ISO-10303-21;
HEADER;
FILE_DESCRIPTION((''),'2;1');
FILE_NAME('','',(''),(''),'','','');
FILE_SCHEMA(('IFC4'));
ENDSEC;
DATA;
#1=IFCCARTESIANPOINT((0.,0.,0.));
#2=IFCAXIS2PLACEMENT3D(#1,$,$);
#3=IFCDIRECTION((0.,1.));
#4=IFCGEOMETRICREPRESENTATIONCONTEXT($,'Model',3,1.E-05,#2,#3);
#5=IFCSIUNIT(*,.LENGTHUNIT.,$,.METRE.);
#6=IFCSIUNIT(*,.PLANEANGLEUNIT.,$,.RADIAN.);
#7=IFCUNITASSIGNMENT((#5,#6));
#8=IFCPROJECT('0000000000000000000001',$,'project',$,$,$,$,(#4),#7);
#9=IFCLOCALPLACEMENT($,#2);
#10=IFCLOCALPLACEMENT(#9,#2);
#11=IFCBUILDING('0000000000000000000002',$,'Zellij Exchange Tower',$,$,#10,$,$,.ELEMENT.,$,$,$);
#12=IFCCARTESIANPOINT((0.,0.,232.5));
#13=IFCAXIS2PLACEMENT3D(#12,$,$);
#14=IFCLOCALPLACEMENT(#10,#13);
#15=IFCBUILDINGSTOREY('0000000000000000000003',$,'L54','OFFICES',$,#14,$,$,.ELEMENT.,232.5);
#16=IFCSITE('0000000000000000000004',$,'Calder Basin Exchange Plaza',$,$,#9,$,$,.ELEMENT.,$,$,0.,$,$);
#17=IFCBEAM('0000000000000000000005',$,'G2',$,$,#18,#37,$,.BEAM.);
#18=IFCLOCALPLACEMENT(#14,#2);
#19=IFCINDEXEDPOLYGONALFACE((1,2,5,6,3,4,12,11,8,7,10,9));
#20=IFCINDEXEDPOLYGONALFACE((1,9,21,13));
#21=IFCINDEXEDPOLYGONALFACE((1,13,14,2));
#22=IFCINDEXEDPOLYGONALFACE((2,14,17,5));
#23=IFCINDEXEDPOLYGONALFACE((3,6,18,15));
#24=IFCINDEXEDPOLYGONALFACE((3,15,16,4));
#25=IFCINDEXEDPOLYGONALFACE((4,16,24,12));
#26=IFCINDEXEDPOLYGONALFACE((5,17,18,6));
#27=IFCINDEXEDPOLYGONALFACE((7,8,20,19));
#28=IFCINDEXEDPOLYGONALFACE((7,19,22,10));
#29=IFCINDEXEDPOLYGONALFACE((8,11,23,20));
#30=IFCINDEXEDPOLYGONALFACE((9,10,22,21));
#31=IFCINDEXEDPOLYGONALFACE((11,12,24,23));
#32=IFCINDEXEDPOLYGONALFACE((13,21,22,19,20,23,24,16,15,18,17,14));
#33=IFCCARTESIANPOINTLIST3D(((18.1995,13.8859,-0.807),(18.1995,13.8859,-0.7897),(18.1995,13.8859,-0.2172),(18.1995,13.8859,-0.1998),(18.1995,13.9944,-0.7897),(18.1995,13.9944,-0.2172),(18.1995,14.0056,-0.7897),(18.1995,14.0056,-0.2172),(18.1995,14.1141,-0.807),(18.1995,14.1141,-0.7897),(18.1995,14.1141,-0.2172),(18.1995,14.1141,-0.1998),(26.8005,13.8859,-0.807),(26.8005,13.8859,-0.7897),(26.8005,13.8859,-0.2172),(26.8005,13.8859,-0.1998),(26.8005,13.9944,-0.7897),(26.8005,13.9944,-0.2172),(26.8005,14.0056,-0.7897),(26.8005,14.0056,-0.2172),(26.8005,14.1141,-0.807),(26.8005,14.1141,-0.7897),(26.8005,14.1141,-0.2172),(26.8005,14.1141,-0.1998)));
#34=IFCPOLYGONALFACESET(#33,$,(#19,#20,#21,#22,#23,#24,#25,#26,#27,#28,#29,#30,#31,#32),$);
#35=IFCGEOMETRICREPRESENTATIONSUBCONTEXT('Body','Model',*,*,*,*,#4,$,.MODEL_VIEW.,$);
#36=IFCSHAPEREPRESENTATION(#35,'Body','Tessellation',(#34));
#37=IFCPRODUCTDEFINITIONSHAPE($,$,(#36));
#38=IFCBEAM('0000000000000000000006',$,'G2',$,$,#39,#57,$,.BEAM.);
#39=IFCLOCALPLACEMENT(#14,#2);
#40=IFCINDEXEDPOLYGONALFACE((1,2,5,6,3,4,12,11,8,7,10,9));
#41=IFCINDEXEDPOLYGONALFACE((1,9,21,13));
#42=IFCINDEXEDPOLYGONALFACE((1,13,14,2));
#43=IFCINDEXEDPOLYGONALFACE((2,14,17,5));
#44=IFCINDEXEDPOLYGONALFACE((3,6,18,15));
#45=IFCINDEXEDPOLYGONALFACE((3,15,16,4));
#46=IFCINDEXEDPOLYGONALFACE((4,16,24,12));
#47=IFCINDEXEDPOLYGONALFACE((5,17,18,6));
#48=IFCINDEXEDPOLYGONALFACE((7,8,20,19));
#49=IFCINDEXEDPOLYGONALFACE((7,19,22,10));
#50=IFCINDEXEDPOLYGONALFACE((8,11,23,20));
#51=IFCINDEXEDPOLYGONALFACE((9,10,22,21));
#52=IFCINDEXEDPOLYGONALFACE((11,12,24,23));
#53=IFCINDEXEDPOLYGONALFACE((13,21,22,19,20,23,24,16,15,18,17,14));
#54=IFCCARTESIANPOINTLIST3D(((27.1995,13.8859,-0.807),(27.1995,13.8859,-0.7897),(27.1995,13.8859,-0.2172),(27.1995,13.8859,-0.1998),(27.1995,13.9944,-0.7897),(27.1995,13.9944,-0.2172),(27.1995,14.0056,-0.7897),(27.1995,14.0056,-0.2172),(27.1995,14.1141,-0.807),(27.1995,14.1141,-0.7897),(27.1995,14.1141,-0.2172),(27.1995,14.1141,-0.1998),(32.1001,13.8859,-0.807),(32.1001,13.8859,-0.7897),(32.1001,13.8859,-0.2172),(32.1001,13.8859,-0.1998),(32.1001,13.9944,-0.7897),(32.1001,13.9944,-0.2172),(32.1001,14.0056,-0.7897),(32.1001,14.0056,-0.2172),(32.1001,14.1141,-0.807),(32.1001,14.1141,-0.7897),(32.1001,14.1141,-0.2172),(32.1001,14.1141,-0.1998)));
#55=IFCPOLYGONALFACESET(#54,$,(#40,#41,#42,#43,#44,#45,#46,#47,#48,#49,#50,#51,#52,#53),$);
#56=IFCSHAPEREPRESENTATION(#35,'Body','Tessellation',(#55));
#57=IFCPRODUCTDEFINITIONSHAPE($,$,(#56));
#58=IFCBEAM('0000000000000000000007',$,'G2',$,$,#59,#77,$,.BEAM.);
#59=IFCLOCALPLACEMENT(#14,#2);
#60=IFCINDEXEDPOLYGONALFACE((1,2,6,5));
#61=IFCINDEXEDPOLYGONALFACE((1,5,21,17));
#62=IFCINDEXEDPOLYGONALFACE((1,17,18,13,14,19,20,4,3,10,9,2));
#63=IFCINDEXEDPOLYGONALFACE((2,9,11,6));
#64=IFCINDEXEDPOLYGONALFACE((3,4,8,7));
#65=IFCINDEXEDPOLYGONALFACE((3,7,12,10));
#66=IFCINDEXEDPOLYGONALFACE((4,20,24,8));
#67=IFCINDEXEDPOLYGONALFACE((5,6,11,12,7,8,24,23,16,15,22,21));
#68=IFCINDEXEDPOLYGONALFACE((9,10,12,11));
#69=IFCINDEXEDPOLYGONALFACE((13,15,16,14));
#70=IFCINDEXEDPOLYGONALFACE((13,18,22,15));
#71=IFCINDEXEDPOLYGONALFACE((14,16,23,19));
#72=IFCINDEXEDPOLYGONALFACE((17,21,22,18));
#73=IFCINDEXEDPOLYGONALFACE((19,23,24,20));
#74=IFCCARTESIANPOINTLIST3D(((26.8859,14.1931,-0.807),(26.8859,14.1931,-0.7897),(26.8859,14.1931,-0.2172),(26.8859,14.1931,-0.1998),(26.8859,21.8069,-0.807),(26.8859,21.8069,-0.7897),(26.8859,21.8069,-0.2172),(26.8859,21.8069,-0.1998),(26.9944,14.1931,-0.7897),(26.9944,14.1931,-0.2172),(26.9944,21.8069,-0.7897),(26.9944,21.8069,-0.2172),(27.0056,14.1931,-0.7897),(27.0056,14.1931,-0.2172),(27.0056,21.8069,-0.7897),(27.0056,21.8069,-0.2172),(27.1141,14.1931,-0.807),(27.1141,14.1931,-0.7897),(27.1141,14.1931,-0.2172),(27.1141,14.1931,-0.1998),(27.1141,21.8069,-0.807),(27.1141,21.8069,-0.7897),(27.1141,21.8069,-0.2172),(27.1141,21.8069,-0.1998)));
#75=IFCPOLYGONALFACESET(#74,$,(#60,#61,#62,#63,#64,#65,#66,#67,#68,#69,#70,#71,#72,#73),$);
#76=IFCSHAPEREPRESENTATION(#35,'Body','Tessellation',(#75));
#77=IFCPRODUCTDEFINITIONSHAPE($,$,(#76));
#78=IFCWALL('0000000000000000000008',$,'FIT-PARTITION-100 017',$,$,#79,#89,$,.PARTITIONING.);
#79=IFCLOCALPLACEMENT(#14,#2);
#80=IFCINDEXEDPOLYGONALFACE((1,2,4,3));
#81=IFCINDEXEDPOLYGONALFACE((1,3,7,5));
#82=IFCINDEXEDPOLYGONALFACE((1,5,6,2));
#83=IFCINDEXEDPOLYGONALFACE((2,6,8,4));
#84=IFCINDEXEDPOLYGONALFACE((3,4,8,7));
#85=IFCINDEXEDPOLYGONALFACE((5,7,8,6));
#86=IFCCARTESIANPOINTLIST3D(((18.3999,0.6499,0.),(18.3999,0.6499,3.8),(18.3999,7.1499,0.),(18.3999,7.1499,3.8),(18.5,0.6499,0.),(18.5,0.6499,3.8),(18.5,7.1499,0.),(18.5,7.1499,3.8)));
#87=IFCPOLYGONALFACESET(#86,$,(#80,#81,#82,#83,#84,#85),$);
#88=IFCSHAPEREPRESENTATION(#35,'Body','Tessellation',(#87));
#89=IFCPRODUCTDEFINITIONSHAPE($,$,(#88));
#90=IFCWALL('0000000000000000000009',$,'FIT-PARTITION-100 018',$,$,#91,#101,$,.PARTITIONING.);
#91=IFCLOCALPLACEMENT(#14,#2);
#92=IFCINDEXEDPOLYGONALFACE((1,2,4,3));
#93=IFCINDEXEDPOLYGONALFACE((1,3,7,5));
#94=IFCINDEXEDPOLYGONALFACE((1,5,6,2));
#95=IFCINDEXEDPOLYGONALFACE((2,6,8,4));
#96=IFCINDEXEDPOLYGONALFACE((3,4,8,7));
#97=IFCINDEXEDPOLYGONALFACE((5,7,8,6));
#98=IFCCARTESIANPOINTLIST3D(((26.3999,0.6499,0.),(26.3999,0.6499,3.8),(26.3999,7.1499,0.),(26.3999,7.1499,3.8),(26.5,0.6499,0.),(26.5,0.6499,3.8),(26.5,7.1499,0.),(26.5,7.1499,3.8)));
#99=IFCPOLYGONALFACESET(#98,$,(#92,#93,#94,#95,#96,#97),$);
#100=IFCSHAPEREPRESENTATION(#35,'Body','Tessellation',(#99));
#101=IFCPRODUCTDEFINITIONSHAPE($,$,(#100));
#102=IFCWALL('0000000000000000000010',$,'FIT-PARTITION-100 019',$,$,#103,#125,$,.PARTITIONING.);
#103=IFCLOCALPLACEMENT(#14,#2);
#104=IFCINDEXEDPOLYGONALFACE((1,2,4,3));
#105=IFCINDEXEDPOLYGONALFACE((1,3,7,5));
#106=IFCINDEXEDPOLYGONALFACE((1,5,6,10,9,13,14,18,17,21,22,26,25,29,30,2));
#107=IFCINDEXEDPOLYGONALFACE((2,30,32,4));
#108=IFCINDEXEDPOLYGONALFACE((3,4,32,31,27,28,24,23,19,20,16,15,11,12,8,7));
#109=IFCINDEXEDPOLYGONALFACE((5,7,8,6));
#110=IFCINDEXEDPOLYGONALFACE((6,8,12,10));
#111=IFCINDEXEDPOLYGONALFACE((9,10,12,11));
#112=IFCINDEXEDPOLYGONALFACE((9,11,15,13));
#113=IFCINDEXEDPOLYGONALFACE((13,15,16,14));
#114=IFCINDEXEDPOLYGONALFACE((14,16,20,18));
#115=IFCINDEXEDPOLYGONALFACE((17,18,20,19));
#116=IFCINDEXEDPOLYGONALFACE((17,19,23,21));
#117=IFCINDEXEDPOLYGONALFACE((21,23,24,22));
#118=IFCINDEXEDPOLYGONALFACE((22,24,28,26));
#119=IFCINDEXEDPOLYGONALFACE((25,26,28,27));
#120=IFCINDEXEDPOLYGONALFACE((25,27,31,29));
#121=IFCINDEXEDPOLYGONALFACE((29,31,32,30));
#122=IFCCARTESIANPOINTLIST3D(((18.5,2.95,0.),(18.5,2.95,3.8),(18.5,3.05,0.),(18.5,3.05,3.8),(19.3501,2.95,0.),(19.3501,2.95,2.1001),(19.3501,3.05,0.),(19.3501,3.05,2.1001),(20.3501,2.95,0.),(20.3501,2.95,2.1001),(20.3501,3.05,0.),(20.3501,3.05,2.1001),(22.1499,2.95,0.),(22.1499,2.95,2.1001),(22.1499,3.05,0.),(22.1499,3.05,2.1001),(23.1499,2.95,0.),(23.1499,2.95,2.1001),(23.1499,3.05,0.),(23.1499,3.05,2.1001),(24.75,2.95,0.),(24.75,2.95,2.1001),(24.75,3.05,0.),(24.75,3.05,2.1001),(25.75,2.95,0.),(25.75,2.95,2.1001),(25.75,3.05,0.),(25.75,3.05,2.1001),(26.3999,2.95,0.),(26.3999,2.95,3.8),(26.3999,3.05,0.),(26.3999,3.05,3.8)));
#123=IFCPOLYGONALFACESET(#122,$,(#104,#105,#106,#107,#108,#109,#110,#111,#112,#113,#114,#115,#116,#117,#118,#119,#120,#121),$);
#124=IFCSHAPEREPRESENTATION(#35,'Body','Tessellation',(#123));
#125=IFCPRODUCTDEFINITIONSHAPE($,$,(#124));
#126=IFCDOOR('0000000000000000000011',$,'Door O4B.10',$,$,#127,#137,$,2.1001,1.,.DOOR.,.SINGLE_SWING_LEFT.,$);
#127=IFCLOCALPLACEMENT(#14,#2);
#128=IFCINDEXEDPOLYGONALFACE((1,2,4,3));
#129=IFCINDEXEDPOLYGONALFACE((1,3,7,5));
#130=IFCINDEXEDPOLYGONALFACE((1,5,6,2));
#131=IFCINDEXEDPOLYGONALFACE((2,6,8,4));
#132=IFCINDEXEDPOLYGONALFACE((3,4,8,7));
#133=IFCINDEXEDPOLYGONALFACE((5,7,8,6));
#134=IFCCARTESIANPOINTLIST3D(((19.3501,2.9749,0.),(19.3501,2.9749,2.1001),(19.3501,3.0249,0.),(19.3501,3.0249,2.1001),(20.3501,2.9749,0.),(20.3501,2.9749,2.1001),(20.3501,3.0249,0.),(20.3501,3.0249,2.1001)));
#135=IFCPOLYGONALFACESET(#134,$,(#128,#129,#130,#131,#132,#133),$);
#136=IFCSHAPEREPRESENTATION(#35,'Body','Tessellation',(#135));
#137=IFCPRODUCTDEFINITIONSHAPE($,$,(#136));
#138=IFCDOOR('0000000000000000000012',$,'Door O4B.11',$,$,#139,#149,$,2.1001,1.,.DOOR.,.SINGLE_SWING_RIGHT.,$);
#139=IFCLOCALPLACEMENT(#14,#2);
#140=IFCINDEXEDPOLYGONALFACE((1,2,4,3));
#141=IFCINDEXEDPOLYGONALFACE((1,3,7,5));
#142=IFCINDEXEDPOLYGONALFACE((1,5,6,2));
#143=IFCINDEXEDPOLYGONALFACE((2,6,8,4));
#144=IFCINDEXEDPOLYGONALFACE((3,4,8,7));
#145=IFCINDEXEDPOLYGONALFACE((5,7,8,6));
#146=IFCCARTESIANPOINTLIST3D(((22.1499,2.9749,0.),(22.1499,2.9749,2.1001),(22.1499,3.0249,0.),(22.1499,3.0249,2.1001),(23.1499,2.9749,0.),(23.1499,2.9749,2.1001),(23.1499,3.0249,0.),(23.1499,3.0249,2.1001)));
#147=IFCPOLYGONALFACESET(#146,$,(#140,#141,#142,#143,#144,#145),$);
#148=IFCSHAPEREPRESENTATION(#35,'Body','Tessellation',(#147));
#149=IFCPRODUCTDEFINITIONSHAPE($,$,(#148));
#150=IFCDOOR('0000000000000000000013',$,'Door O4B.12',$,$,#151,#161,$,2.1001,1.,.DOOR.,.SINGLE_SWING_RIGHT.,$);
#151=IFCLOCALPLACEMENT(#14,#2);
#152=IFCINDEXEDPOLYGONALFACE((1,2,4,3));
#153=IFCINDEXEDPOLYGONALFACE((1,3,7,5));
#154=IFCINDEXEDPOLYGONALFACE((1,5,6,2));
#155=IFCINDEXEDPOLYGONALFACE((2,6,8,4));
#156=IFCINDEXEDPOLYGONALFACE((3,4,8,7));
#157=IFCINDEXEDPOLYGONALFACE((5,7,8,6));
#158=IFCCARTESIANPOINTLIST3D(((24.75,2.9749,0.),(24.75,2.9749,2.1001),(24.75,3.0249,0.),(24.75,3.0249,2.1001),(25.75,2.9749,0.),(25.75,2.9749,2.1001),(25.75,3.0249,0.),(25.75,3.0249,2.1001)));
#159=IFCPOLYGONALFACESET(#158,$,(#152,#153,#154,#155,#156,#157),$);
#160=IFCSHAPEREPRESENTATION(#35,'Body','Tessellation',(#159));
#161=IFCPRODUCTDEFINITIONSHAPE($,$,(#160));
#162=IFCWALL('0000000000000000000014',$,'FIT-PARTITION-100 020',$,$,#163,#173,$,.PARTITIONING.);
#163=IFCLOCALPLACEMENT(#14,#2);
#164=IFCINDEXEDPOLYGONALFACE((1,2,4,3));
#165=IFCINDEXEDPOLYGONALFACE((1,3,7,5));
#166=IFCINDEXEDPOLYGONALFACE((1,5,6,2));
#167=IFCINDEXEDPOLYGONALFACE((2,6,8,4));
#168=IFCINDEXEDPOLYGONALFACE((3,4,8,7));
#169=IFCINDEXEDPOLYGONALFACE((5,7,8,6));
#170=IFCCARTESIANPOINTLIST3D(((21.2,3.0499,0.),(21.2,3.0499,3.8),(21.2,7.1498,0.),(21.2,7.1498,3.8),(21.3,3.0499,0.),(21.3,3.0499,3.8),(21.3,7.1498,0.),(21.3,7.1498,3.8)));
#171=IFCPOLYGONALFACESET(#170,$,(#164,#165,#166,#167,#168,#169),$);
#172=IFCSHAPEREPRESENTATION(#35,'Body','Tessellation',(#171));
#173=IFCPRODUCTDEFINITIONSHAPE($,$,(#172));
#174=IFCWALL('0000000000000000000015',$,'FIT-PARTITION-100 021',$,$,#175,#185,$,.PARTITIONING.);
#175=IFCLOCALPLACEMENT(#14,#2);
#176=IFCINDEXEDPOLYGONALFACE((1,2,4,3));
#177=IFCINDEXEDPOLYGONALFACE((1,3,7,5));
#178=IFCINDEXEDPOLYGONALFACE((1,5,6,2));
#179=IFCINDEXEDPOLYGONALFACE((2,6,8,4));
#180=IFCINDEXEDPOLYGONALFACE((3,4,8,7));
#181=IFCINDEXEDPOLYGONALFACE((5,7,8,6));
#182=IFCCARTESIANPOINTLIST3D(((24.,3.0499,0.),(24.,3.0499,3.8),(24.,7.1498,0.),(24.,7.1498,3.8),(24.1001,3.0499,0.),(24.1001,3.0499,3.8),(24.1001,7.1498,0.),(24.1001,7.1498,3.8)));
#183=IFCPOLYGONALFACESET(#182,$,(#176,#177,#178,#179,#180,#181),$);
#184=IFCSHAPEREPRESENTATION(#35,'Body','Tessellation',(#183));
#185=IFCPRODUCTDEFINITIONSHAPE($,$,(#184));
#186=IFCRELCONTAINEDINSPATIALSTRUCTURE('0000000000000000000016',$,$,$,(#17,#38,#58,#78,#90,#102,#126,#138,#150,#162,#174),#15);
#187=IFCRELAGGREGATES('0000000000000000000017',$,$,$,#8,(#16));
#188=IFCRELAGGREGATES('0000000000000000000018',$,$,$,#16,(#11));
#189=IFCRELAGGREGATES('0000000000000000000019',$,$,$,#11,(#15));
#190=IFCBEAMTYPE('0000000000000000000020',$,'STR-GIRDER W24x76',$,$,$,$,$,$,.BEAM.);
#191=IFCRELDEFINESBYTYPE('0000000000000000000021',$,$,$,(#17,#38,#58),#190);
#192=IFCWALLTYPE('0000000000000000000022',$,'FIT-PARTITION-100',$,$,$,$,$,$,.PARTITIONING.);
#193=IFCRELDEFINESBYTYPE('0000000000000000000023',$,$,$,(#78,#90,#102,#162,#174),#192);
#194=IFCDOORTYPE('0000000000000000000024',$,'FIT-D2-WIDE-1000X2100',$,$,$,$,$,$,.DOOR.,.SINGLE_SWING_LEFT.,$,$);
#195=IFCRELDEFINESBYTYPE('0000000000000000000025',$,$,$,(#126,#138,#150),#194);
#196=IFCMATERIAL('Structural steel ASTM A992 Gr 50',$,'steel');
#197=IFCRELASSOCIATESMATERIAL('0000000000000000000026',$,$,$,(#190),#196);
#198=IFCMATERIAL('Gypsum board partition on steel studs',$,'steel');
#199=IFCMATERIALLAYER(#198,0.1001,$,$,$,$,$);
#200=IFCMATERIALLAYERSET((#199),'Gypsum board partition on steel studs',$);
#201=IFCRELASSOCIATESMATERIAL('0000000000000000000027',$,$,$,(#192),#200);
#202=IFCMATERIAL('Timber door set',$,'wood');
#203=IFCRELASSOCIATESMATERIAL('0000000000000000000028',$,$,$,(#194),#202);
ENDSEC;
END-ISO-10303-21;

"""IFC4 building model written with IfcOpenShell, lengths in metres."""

from ifc_helpers import new_model, si_unit, direction, frame, frame_2d, origin, origin_2d, place, context, subcontext, project, spatial, rectangle, i_section, extrude, material, layer, layer_set, material_profile, profile_set, type_object, element, fill, save


model = new_model("IFC4")

# Units and contexts
model_context = context("Model", 3, precision=1e-05, world=origin(), true_north=direction((0.0, 1.0)))
body_context = subcontext(model_context, "Body", "Model", "MODEL_VIEW")
ifc_project = project(units=[si_unit("LENGTHUNIT", "METRE"), si_unit("PLANEANGLEUNIT", "RADIAN")], contexts=[model_context])

# Site, building, storey
site_placement = place(None, origin())
site = spatial("IfcSite", under=ifc_project, at=site_placement, Name="Calder Basin Exchange Plaza", CompositionType="ELEMENT", RefElevation=0.0)
building_placement = place(site_placement, origin())
building = spatial("IfcBuilding", under=site, at=building_placement, Name="Zellij Exchange Tower", CompositionType="ELEMENT")
storey_placement = place(building_placement, frame((0.0, 0.0, 232.5)))
storey = spatial("IfcBuildingStorey", under=building, at=storey_placement, Name="L54", Description="OFFICES", CompositionType="ELEMENT", Elevation=232.5)

# Shared definitions
ifc_material_1 = material(Name="Structural steel ASTM A992 Gr 50", Category="steel")

# Beams
ifc_material_profile_1 = material_profile(ifc_material_1, i_section(OverallWidth=0.2283, OverallDepth=0.6072, WebThickness=0.0112, FlangeThickness=0.0173, at=origin_2d()), Name="W24x76")
ifc_profile_set_1 = profile_set([ifc_material_profile_1], Name="Structural steel ASTM A992 Gr 50")
beam_type_1 = type_object("IfcBeamType", Name="STR-GIRDER W24x76", PredefinedType="BEAM", material=ifc_profile_set_1)
beam_1_placement = place(storey_placement, frame((18.1995, 14.0, -0.5034), z_axis=(1.0, 0.0, 0.0), x_axis=(0.0, 1.0, 0.0)))
element("IfcBeam", 1, at=beam_1_placement, inside=storey, type_object=beam_type_1, Name="G2", PredefinedType="BEAM", context=body_context, shape_type="SweptSolid", body=[
    extrude(i_section(OverallWidth=0.2283, OverallDepth=0.6072, WebThickness=0.0112, FlangeThickness=0.0173, at=origin_2d()), origin(), (0.0, 0.0, 1.0), 8.6011),
])
beam_2_placement = place(storey_placement, frame((27.1995, 14.0, -0.5034), z_axis=(1.0, 0.0, 0.0), x_axis=(0.0, 1.0, 0.0)))
element("IfcBeam", 2, at=beam_2_placement, inside=storey, type_object=beam_type_1, Name="G2", PredefinedType="BEAM", context=body_context, shape_type="SweptSolid", body=[
    extrude(i_section(OverallWidth=0.2283, OverallDepth=0.6072, WebThickness=0.0112, FlangeThickness=0.0173, at=origin_2d()), origin(), (0.0, 0.0, 1.0), 4.9006),
])
beam_3_placement = place(storey_placement, frame((27.0, 14.1931, -0.5034), z_axis=(0.0, 1.0, 0.0), x_axis=(-1.0, 0.0, 0.0)))
element("IfcBeam", 3, at=beam_3_placement, inside=storey, type_object=beam_type_1, Name="G2", PredefinedType="BEAM", context=body_context, shape_type="SweptSolid", body=[
    extrude(i_section(OverallWidth=0.2283, OverallDepth=0.6072, WebThickness=0.0112, FlangeThickness=0.0173, at=origin_2d()), origin(), (0.0, 0.0, 1.0), 7.6138),
])

# Walls
ifc_material_2 = material(Name="Gypsum board partition on steel studs", Category="steel")
ifc_layer = layer(ifc_material_2, 0.1001)
ifc_layer_set = layer_set([ifc_layer], Name="Gypsum board partition on steel studs")
wall_type = type_object("IfcWallType", Name="FIT-PARTITION-100", PredefinedType="PARTITIONING", material=ifc_layer_set)
for number, where, z_axis, x_axis, name in (
    (4, (18.45, 0.6499, 0.0), (0.0, 0.0, 1.0), (0.0, 1.0, 0.0), "FIT-PARTITION-100 017"),
    (5, (26.45, 0.6499, 0.0), (0.0, 0.0, 1.0), (0.0, 1.0, 0.0), "FIT-PARTITION-100 018"),
):
    element("IfcWall", number, at=place(storey_placement, frame(where, z_axis=z_axis, x_axis=x_axis)), inside=storey, type_object=wall_type, Name=name, PredefinedType="PARTITIONING", context=body_context, shape_type="SweptSolid", body=[
        extrude(rectangle(XDim=6.5, YDim=0.1001, at=frame_2d((3.25, 0.0))), origin(), (0.0, 0.0, 1.0), 3.8),
    ])

# Wall, openings, doors
wall_1_placement = place(storey_placement, frame((18.5, 3.0, 0.0), z_axis=(0.0, 0.0, 1.0), x_axis=(1.0, 0.0, 0.0)))
wall_1 = element("IfcWall", 6, at=wall_1_placement, inside=storey, type_object=wall_type, Name="FIT-PARTITION-100 019", PredefinedType="PARTITIONING", context=body_context, shape_type="SweptSolid", body=[
    extrude(rectangle(XDim=7.8999, YDim=0.1001, at=frame_2d((3.95, 0.0))), origin(), (0.0, 0.0, 1.0), 3.8),
])
opening_1_placement = place(wall_1_placement, frame((0.8501, 0.0, 0.0)))
opening_1 = element("IfcOpeningElement", 7, at=opening_1_placement, cuts=wall_1, PredefinedType="OPENING", context=body_context, shape_type="SweptSolid", body=[
    extrude(rectangle(XDim=1.0, YDim=2.1001, at=frame_2d((0.5, 1.05))), frame((0.0, 0.062, 0.0), z_axis=(0.0, -1.0, 0.0), x_axis=(1.0, 0.0, 0.0)), (0.0, 0.0, 1.0), 0.124),
])
opening_2_placement = place(wall_1_placement, frame((3.6499, 0.0, 0.0)))
opening_2 = element("IfcOpeningElement", 8, at=opening_2_placement, cuts=wall_1, PredefinedType="OPENING", context=body_context, shape_type="SweptSolid", body=[
    extrude(rectangle(XDim=1.0, YDim=2.1001, at=frame_2d((0.5, 1.05))), frame((0.0, 0.062, 0.0), z_axis=(0.0, -1.0, 0.0), x_axis=(1.0, 0.0, 0.0)), (0.0, 0.0, 1.0), 0.124),
])
opening_3_placement = place(wall_1_placement, frame((6.25, 0.0, 0.0)))
opening_3 = element("IfcOpeningElement", 9, at=opening_3_placement, cuts=wall_1, PredefinedType="OPENING", context=body_context, shape_type="SweptSolid", body=[
    extrude(rectangle(XDim=1.0, YDim=2.1001, at=frame_2d((0.5, 1.05))), frame((0.0, 0.062, 0.0), z_axis=(0.0, -1.0, 0.0), x_axis=(1.0, 0.0, 0.0)), (0.0, 0.0, 1.0), 0.124),
])
ifc_material_3 = material(Name="Timber door set", Category="wood")
door_type_1 = type_object("IfcDoorType", Name="FIT-D2-WIDE-1000X2100", OperationType="SINGLE_SWING_LEFT", PredefinedType="DOOR", material=ifc_material_3)
door_1_placement = place(opening_1_placement, origin())
door_1 = element("IfcDoor", 10, at=door_1_placement, inside=storey, type_object=door_type_1, Name="Door O4B.10", OperationType="SINGLE_SWING_LEFT", OverallHeight=2.1001, OverallWidth=1.0, PredefinedType="DOOR", context=body_context, shape_type="SweptSolid", body=[
    extrude(rectangle(XDim=1.0, YDim=2.1001, at=frame_2d((0.5, 1.05))), frame((0.0, 0.0249, 0.0), z_axis=(0.0, -1.0, 0.0), x_axis=(1.0, 0.0, 0.0)), (0.0, 0.0, 1.0), 0.05),
])
fill(opening_1, door_1)
door_2_placement = place(opening_2_placement, origin())
door_2 = element("IfcDoor", 11, at=door_2_placement, inside=storey, type_object=door_type_1, Name="Door O4B.11", OperationType="SINGLE_SWING_RIGHT", OverallHeight=2.1001, OverallWidth=1.0, PredefinedType="DOOR", context=body_context, shape_type="SweptSolid", body=[
    extrude(rectangle(XDim=1.0, YDim=2.1001, at=frame_2d((0.5, 1.05))), frame((0.0, 0.0249, 0.0), z_axis=(0.0, -1.0, 0.0), x_axis=(1.0, 0.0, 0.0)), (0.0, 0.0, 1.0), 0.05),
])
fill(opening_2, door_2)
door_3_placement = place(opening_3_placement, origin())
door_3 = element("IfcDoor", 12, at=door_3_placement, inside=storey, type_object=door_type_1, Name="Door O4B.12", OperationType="SINGLE_SWING_RIGHT", OverallHeight=2.1001, OverallWidth=1.0, PredefinedType="DOOR", context=body_context, shape_type="SweptSolid", body=[
    extrude(rectangle(XDim=1.0, YDim=2.1001, at=frame_2d((0.5, 1.05))), frame((0.0, 0.0249, 0.0), z_axis=(0.0, -1.0, 0.0), x_axis=(1.0, 0.0, 0.0)), (0.0, 0.0, 1.0), 0.05),
])
fill(opening_3, door_3)

# Walls
for number, where, z_axis, x_axis, name in (
    (13, (21.25, 3.05, 0.0), (0.0, 0.0, 1.0), (0.0, 1.0, 0.0), "FIT-PARTITION-100 020"),
    (14, (24.05, 3.05, 0.0), (0.0, 0.0, 1.0), (0.0, 1.0, 0.0), "FIT-PARTITION-100 021"),
):
    element("IfcWall", number, at=place(storey_placement, frame(where, z_axis=z_axis, x_axis=x_axis)), inside=storey, type_object=wall_type, Name=name, PredefinedType="PARTITIONING", context=body_context, shape_type="SweptSolid", body=[
        extrude(rectangle(XDim=4.0999, YDim=0.1001, at=frame_2d((2.0498, 0.0))), origin(), (0.0, 0.0, 1.0), 3.8),
    ])

save(model, "model.ifc")
